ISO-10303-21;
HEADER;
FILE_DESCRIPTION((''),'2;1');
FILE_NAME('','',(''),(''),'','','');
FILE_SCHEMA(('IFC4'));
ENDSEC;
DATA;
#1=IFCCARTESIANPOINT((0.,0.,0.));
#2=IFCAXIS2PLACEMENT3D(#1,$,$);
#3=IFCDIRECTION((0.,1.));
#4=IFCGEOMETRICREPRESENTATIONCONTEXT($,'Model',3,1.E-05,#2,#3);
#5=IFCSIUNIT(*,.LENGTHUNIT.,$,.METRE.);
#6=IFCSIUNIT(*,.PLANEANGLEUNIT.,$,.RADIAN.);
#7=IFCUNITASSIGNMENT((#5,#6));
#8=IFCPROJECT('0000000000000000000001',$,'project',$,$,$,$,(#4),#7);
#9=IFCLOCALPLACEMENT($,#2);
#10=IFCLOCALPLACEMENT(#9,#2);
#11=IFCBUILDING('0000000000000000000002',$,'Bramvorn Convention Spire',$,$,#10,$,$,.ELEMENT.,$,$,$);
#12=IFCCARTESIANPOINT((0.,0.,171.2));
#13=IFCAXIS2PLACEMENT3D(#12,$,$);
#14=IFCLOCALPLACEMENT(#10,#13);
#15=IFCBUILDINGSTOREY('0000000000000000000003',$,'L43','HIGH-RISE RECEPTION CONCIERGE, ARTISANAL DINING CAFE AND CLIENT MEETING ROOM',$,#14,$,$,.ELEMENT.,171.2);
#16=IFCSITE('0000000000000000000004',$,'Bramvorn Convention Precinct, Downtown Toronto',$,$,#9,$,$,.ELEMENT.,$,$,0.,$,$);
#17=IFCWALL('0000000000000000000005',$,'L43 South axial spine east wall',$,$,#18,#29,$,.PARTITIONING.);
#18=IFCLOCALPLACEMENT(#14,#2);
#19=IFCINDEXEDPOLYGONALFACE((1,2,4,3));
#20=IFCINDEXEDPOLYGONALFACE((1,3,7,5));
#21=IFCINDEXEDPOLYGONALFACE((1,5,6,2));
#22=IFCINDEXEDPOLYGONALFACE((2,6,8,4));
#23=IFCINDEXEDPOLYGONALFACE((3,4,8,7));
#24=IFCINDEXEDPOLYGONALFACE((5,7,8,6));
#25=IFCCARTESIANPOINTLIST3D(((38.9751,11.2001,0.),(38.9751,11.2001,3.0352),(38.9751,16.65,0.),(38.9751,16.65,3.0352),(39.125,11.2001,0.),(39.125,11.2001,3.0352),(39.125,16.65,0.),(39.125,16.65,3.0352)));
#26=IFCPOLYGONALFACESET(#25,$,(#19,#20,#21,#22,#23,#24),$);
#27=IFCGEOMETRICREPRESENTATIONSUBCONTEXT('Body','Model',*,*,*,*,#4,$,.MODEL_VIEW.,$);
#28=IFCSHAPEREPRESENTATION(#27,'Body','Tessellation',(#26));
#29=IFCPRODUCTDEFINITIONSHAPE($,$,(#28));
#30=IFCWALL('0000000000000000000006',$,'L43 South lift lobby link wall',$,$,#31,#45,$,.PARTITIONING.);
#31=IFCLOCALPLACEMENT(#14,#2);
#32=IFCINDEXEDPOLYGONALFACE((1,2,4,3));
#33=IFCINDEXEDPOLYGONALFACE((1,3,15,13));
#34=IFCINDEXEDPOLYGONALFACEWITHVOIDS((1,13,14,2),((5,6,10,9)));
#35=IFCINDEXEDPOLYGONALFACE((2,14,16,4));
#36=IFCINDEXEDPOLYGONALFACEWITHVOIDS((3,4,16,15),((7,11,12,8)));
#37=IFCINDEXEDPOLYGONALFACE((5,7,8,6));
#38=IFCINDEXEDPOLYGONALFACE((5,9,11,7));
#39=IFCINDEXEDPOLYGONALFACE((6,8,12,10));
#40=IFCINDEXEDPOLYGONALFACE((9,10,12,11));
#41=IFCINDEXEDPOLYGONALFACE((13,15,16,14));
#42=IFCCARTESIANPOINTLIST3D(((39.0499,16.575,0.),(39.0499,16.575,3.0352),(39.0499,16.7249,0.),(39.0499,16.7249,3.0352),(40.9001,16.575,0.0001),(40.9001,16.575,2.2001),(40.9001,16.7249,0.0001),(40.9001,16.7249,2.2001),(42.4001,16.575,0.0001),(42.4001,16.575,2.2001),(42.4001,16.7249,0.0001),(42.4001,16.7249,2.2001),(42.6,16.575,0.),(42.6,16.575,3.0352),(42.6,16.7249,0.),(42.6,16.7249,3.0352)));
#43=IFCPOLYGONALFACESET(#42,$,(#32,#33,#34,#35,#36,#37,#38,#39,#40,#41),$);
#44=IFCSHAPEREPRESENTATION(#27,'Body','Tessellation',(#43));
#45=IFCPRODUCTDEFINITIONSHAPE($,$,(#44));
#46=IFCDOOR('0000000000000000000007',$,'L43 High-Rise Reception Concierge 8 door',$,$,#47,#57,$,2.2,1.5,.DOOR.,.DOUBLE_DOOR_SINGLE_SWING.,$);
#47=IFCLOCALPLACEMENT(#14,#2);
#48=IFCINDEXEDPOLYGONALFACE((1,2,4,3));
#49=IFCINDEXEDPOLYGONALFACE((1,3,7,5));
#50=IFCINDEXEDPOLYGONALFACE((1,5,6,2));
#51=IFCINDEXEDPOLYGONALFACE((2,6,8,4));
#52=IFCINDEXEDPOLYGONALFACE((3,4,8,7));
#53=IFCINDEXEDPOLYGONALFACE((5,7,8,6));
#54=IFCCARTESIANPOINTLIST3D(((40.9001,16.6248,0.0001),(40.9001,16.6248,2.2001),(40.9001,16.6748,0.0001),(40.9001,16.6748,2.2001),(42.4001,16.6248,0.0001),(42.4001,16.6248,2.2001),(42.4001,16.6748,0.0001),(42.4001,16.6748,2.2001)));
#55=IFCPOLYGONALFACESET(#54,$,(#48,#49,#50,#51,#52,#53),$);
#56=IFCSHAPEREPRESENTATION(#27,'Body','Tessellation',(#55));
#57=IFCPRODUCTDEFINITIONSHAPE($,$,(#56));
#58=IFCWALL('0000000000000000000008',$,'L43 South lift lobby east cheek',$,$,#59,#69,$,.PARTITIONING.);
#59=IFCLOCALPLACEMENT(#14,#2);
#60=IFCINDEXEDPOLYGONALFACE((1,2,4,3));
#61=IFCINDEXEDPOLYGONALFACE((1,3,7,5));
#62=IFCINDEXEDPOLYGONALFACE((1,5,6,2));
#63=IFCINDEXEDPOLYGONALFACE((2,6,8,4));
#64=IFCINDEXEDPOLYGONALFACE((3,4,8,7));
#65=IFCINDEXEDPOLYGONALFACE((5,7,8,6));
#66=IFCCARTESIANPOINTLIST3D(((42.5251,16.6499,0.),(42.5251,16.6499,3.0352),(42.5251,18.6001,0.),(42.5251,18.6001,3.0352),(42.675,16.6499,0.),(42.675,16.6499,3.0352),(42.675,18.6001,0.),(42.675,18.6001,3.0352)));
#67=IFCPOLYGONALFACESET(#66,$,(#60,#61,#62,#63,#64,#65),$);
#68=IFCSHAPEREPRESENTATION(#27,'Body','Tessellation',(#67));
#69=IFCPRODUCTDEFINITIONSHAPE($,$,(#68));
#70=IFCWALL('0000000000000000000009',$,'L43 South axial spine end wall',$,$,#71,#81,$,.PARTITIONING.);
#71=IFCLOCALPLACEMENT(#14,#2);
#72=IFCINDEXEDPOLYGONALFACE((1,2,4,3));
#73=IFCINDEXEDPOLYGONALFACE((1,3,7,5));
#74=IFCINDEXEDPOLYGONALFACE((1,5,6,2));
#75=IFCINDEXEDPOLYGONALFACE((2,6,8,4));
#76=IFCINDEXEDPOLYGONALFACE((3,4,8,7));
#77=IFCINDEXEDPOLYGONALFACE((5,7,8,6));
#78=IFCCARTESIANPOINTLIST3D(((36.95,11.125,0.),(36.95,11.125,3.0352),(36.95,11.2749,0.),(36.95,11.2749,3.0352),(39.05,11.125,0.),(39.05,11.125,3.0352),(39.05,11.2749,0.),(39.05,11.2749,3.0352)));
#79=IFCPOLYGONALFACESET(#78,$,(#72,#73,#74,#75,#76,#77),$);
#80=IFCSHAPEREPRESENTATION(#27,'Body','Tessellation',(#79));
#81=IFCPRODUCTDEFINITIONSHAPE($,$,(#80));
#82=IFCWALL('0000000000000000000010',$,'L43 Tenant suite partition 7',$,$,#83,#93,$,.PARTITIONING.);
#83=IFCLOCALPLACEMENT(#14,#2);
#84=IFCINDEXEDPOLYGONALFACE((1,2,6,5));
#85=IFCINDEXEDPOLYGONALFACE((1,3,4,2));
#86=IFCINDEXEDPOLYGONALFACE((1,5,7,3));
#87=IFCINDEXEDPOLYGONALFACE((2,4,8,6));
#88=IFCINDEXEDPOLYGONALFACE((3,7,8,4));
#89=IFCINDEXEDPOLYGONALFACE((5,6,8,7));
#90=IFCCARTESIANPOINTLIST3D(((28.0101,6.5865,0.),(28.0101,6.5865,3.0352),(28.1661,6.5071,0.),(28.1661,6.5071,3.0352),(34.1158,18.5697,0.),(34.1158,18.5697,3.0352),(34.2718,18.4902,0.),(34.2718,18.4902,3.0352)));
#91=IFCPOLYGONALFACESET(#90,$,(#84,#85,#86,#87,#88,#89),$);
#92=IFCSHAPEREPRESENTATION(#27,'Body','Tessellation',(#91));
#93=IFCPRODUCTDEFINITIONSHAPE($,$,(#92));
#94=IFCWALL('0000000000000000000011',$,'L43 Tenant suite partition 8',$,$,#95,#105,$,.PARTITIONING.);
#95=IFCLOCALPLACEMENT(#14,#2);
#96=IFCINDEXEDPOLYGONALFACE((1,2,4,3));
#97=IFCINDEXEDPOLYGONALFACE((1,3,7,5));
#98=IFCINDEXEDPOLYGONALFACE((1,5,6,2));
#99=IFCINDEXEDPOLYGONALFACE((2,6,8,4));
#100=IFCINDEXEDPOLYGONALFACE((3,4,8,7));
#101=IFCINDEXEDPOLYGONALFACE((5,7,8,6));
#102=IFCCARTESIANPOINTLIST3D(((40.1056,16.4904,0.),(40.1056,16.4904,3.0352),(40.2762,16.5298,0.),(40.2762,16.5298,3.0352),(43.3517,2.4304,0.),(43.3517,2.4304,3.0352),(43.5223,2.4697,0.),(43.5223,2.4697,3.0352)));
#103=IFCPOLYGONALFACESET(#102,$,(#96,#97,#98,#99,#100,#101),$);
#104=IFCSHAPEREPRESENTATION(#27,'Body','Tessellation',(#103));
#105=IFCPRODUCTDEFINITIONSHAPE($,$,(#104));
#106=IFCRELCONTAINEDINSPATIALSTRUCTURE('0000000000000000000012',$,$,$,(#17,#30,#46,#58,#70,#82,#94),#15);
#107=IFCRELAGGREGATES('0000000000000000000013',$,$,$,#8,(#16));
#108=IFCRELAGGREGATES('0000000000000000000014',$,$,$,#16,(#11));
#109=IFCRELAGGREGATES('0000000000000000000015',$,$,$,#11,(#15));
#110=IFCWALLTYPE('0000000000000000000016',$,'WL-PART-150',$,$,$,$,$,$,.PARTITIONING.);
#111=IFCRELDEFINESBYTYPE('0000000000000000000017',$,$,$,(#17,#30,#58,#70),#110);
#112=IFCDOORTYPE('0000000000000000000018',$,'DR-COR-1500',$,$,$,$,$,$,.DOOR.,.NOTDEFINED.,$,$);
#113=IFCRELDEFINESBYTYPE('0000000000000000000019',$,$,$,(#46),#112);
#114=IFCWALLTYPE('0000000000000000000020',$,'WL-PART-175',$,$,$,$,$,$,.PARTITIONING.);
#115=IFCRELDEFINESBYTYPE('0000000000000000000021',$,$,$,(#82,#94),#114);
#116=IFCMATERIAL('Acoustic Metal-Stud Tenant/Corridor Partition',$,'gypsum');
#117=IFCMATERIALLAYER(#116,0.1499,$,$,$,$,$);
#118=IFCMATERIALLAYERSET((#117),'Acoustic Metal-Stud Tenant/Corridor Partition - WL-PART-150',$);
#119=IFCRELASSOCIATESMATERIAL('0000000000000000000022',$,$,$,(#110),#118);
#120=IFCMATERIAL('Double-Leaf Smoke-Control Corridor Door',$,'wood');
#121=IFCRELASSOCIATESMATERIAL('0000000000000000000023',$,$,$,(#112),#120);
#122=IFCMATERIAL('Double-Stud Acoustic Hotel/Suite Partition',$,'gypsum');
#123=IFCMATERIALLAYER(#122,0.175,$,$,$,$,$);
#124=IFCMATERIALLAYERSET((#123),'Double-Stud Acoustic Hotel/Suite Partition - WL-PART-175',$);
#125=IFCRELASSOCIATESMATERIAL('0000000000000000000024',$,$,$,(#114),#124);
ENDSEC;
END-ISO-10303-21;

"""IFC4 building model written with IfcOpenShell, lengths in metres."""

from ifc_helpers import new_model, si_unit, direction, frame, frame_2d, origin, place, context, subcontext, project, spatial, rectangle, extrude, material, layer, layer_set, type_object, element, fill, save


model = new_model("IFC4")

# Units and contexts
model_context = context("Model", 3, precision=1e-05, world=origin(), true_north=direction((0.0, 1.0)))
body_context = subcontext(model_context, "Body", "Model", "MODEL_VIEW")
ifc_project = project(units=[si_unit("LENGTHUNIT", "METRE"), si_unit("PLANEANGLEUNIT", "RADIAN")], contexts=[model_context])

# Site, building, storey
site_placement = place(None, origin())
site = spatial("IfcSite", under=ifc_project, at=site_placement, Name="Bramvorn Convention Precinct, Downtown Toronto", CompositionType="ELEMENT", RefElevation=0.0)
building_placement = place(site_placement, origin())
building = spatial("IfcBuilding", under=site, at=building_placement, Name="Bramvorn Convention Spire", CompositionType="ELEMENT")
storey_placement = place(building_placement, frame((0.0, 0.0, 171.2)))
storey = spatial("IfcBuildingStorey", under=building, at=storey_placement, Name="L43", Description="HIGH-RISE RECEPTION CONCIERGE, ARTISANAL DINING CAFE AND CLIENT MEETING ROOM", CompositionType="ELEMENT", Elevation=171.2)

# Shared definitions
ifc_material_1 = material(Name="Acoustic Metal-Stud Tenant/Corridor Partition", Category="gypsum")
ifc_layer_1 = layer(ifc_material_1, 0.1499)
ifc_layer_set_1 = layer_set([ifc_layer_1], Name="Acoustic Metal-Stud Tenant/Corridor Partition - WL-PART-150")
wall_type_1 = type_object("IfcWallType", Name="WL-PART-150", PredefinedType="PARTITIONING", material=ifc_layer_set_1)

# Wall
wall_1_placement = place(storey_placement, frame((39.05, 11.2, 0.0), z_axis=(0.0, 0.0, 1.0), x_axis=(0.0, 1.0, 0.0)))
element("IfcWall", 1, at=wall_1_placement, inside=storey, type_object=wall_type_1, Name="L43 South axial spine east wall", PredefinedType="PARTITIONING", context=body_context, shape_type="SweptSolid", body=[
    extrude(rectangle(XDim=5.45, YDim=0.1499, at=frame_2d((2.7251, 0.0))), origin(), (0.0, 0.0, 1.0), 3.0352),
])

# Wall, opening, door
wall_2_placement = place(storey_placement, frame((39.05, 16.6499, 0.0), z_axis=(0.0, 0.0, 1.0), x_axis=(1.0, 0.0, 0.0)))
wall_2 = element("IfcWall", 2, at=wall_2_placement, inside=storey, type_object=wall_type_1, Name="L43 South lift lobby link wall", PredefinedType="PARTITIONING", context=body_context, shape_type="SweptSolid", body=[
    extrude(rectangle(XDim=3.55, YDim=0.1499, at=frame_2d((1.7749, 0.0))), origin(), (0.0, 0.0, 1.0), 3.0352),
])
opening_1_placement = place(wall_2_placement, frame((1.8501, 0.0, 0.0)))
opening_1 = element("IfcOpeningElement", 3, at=opening_1_placement, cuts=wall_2, PredefinedType="OPENING", context=body_context, shape_type="SweptSolid", body=[
    extrude(rectangle(XDim=1.5, YDim=2.2, at=frame_2d((0.75, 1.1001))), frame((0.0, 0.085, 0.0), z_axis=(0.0, -1.0, 0.0), x_axis=(1.0, 0.0, 0.0)), (0.0, 0.0, 1.0), 0.1699),
])
ifc_material_2 = material(Name="Double-Leaf Smoke-Control Corridor Door", Category="wood")
door_type_1 = type_object("IfcDoorType", Name="DR-COR-1500", OperationType="NOTDEFINED", PredefinedType="DOOR", material=ifc_material_2)
door_1_placement = place(opening_1_placement, origin())
door_1 = element("IfcDoor", 4, at=door_1_placement, inside=storey, type_object=door_type_1, Name="L43 High-Rise Reception Concierge 8 door", OperationType="DOUBLE_DOOR_SINGLE_SWING", OverallHeight=2.2, OverallWidth=1.5, PredefinedType="DOOR", context=body_context, shape_type="SweptSolid", body=[
    extrude(rectangle(XDim=1.5, YDim=2.2, at=frame_2d((0.75, 1.1001))), frame((0.0, 0.0249, 0.0), z_axis=(0.0, -1.0, 0.0), x_axis=(1.0, 0.0, 0.0)), (0.0, 0.0, 1.0), 0.05),
])
fill(opening_1, door_1)

# Walls
wall_3_placement = place(storey_placement, frame((42.6001, 16.6499, 0.0), z_axis=(0.0, 0.0, 1.0), x_axis=(0.0, 1.0, 0.0)))
element("IfcWall", 5, at=wall_3_placement, inside=storey, type_object=wall_type_1, Name="L43 South lift lobby east cheek", PredefinedType="PARTITIONING", context=body_context, shape_type="SweptSolid", body=[
    extrude(rectangle(XDim=1.9502, YDim=0.1499, at=frame_2d((0.9751, 0.0))), origin(), (0.0, 0.0, 1.0), 3.0352),
])
wall_4_placement = place(storey_placement, frame((36.95, 11.2, 0.0), z_axis=(0.0, 0.0, 1.0), x_axis=(1.0, 0.0, 0.0)))
element("IfcWall", 6, at=wall_4_placement, inside=storey, type_object=wall_type_1, Name="L43 South axial spine end wall", PredefinedType="PARTITIONING", context=body_context, shape_type="SweptSolid", body=[
    extrude(rectangle(XDim=2.1001, YDim=0.1499, at=frame_2d((1.05, 0.0))), origin(), (0.0, 0.0, 1.0), 3.0352),
])
ifc_material_3 = material(Name="Double-Stud Acoustic Hotel/Suite Partition", Category="gypsum")
ifc_layer_2 = layer(ifc_material_3, 0.175)
ifc_layer_set_2 = layer_set([ifc_layer_2], Name="Double-Stud Acoustic Hotel/Suite Partition - WL-PART-175")
wall_type_2 = type_object("IfcWallType", Name="WL-PART-175", PredefinedType="PARTITIONING", material=ifc_layer_set_2)
wall_5_placement = place(storey_placement, frame((34.1938, 18.53, 0.0), z_axis=(0.0, 0.0, 1.0), x_axis=(-0.45399, -0.891007, 0.0)))
element("IfcWall", 7, at=wall_5_placement, inside=storey, type_object=wall_type_2, Name="L43 Tenant suite partition 7", PredefinedType="PARTITIONING", context=body_context, shape_type="SweptSolid", body=[
    extrude(rectangle(XDim=13.449, YDim=0.175, at=frame_2d((6.7246, 0.0))), origin(), (0.0, 0.0, 1.0), 3.0352),
])
wall_6_placement = place(storey_placement, frame((40.1909, 16.51, 0.0), z_axis=(0.0, 0.0, 1.0), x_axis=(0.224956, -0.974369, 0.0)))
element("IfcWall", 8, at=wall_6_placement, inside=storey, type_object=wall_type_2, Name="L43 Tenant suite partition 8", PredefinedType="PARTITIONING", context=body_context, shape_type="SweptSolid", body=[
    extrude(rectangle(XDim=14.4299, YDim=0.175, at=frame_2d((7.2148, 0.0))), origin(), (0.0, 0.0, 1.0), 3.0352),
])

save(model, "model.ifc")
